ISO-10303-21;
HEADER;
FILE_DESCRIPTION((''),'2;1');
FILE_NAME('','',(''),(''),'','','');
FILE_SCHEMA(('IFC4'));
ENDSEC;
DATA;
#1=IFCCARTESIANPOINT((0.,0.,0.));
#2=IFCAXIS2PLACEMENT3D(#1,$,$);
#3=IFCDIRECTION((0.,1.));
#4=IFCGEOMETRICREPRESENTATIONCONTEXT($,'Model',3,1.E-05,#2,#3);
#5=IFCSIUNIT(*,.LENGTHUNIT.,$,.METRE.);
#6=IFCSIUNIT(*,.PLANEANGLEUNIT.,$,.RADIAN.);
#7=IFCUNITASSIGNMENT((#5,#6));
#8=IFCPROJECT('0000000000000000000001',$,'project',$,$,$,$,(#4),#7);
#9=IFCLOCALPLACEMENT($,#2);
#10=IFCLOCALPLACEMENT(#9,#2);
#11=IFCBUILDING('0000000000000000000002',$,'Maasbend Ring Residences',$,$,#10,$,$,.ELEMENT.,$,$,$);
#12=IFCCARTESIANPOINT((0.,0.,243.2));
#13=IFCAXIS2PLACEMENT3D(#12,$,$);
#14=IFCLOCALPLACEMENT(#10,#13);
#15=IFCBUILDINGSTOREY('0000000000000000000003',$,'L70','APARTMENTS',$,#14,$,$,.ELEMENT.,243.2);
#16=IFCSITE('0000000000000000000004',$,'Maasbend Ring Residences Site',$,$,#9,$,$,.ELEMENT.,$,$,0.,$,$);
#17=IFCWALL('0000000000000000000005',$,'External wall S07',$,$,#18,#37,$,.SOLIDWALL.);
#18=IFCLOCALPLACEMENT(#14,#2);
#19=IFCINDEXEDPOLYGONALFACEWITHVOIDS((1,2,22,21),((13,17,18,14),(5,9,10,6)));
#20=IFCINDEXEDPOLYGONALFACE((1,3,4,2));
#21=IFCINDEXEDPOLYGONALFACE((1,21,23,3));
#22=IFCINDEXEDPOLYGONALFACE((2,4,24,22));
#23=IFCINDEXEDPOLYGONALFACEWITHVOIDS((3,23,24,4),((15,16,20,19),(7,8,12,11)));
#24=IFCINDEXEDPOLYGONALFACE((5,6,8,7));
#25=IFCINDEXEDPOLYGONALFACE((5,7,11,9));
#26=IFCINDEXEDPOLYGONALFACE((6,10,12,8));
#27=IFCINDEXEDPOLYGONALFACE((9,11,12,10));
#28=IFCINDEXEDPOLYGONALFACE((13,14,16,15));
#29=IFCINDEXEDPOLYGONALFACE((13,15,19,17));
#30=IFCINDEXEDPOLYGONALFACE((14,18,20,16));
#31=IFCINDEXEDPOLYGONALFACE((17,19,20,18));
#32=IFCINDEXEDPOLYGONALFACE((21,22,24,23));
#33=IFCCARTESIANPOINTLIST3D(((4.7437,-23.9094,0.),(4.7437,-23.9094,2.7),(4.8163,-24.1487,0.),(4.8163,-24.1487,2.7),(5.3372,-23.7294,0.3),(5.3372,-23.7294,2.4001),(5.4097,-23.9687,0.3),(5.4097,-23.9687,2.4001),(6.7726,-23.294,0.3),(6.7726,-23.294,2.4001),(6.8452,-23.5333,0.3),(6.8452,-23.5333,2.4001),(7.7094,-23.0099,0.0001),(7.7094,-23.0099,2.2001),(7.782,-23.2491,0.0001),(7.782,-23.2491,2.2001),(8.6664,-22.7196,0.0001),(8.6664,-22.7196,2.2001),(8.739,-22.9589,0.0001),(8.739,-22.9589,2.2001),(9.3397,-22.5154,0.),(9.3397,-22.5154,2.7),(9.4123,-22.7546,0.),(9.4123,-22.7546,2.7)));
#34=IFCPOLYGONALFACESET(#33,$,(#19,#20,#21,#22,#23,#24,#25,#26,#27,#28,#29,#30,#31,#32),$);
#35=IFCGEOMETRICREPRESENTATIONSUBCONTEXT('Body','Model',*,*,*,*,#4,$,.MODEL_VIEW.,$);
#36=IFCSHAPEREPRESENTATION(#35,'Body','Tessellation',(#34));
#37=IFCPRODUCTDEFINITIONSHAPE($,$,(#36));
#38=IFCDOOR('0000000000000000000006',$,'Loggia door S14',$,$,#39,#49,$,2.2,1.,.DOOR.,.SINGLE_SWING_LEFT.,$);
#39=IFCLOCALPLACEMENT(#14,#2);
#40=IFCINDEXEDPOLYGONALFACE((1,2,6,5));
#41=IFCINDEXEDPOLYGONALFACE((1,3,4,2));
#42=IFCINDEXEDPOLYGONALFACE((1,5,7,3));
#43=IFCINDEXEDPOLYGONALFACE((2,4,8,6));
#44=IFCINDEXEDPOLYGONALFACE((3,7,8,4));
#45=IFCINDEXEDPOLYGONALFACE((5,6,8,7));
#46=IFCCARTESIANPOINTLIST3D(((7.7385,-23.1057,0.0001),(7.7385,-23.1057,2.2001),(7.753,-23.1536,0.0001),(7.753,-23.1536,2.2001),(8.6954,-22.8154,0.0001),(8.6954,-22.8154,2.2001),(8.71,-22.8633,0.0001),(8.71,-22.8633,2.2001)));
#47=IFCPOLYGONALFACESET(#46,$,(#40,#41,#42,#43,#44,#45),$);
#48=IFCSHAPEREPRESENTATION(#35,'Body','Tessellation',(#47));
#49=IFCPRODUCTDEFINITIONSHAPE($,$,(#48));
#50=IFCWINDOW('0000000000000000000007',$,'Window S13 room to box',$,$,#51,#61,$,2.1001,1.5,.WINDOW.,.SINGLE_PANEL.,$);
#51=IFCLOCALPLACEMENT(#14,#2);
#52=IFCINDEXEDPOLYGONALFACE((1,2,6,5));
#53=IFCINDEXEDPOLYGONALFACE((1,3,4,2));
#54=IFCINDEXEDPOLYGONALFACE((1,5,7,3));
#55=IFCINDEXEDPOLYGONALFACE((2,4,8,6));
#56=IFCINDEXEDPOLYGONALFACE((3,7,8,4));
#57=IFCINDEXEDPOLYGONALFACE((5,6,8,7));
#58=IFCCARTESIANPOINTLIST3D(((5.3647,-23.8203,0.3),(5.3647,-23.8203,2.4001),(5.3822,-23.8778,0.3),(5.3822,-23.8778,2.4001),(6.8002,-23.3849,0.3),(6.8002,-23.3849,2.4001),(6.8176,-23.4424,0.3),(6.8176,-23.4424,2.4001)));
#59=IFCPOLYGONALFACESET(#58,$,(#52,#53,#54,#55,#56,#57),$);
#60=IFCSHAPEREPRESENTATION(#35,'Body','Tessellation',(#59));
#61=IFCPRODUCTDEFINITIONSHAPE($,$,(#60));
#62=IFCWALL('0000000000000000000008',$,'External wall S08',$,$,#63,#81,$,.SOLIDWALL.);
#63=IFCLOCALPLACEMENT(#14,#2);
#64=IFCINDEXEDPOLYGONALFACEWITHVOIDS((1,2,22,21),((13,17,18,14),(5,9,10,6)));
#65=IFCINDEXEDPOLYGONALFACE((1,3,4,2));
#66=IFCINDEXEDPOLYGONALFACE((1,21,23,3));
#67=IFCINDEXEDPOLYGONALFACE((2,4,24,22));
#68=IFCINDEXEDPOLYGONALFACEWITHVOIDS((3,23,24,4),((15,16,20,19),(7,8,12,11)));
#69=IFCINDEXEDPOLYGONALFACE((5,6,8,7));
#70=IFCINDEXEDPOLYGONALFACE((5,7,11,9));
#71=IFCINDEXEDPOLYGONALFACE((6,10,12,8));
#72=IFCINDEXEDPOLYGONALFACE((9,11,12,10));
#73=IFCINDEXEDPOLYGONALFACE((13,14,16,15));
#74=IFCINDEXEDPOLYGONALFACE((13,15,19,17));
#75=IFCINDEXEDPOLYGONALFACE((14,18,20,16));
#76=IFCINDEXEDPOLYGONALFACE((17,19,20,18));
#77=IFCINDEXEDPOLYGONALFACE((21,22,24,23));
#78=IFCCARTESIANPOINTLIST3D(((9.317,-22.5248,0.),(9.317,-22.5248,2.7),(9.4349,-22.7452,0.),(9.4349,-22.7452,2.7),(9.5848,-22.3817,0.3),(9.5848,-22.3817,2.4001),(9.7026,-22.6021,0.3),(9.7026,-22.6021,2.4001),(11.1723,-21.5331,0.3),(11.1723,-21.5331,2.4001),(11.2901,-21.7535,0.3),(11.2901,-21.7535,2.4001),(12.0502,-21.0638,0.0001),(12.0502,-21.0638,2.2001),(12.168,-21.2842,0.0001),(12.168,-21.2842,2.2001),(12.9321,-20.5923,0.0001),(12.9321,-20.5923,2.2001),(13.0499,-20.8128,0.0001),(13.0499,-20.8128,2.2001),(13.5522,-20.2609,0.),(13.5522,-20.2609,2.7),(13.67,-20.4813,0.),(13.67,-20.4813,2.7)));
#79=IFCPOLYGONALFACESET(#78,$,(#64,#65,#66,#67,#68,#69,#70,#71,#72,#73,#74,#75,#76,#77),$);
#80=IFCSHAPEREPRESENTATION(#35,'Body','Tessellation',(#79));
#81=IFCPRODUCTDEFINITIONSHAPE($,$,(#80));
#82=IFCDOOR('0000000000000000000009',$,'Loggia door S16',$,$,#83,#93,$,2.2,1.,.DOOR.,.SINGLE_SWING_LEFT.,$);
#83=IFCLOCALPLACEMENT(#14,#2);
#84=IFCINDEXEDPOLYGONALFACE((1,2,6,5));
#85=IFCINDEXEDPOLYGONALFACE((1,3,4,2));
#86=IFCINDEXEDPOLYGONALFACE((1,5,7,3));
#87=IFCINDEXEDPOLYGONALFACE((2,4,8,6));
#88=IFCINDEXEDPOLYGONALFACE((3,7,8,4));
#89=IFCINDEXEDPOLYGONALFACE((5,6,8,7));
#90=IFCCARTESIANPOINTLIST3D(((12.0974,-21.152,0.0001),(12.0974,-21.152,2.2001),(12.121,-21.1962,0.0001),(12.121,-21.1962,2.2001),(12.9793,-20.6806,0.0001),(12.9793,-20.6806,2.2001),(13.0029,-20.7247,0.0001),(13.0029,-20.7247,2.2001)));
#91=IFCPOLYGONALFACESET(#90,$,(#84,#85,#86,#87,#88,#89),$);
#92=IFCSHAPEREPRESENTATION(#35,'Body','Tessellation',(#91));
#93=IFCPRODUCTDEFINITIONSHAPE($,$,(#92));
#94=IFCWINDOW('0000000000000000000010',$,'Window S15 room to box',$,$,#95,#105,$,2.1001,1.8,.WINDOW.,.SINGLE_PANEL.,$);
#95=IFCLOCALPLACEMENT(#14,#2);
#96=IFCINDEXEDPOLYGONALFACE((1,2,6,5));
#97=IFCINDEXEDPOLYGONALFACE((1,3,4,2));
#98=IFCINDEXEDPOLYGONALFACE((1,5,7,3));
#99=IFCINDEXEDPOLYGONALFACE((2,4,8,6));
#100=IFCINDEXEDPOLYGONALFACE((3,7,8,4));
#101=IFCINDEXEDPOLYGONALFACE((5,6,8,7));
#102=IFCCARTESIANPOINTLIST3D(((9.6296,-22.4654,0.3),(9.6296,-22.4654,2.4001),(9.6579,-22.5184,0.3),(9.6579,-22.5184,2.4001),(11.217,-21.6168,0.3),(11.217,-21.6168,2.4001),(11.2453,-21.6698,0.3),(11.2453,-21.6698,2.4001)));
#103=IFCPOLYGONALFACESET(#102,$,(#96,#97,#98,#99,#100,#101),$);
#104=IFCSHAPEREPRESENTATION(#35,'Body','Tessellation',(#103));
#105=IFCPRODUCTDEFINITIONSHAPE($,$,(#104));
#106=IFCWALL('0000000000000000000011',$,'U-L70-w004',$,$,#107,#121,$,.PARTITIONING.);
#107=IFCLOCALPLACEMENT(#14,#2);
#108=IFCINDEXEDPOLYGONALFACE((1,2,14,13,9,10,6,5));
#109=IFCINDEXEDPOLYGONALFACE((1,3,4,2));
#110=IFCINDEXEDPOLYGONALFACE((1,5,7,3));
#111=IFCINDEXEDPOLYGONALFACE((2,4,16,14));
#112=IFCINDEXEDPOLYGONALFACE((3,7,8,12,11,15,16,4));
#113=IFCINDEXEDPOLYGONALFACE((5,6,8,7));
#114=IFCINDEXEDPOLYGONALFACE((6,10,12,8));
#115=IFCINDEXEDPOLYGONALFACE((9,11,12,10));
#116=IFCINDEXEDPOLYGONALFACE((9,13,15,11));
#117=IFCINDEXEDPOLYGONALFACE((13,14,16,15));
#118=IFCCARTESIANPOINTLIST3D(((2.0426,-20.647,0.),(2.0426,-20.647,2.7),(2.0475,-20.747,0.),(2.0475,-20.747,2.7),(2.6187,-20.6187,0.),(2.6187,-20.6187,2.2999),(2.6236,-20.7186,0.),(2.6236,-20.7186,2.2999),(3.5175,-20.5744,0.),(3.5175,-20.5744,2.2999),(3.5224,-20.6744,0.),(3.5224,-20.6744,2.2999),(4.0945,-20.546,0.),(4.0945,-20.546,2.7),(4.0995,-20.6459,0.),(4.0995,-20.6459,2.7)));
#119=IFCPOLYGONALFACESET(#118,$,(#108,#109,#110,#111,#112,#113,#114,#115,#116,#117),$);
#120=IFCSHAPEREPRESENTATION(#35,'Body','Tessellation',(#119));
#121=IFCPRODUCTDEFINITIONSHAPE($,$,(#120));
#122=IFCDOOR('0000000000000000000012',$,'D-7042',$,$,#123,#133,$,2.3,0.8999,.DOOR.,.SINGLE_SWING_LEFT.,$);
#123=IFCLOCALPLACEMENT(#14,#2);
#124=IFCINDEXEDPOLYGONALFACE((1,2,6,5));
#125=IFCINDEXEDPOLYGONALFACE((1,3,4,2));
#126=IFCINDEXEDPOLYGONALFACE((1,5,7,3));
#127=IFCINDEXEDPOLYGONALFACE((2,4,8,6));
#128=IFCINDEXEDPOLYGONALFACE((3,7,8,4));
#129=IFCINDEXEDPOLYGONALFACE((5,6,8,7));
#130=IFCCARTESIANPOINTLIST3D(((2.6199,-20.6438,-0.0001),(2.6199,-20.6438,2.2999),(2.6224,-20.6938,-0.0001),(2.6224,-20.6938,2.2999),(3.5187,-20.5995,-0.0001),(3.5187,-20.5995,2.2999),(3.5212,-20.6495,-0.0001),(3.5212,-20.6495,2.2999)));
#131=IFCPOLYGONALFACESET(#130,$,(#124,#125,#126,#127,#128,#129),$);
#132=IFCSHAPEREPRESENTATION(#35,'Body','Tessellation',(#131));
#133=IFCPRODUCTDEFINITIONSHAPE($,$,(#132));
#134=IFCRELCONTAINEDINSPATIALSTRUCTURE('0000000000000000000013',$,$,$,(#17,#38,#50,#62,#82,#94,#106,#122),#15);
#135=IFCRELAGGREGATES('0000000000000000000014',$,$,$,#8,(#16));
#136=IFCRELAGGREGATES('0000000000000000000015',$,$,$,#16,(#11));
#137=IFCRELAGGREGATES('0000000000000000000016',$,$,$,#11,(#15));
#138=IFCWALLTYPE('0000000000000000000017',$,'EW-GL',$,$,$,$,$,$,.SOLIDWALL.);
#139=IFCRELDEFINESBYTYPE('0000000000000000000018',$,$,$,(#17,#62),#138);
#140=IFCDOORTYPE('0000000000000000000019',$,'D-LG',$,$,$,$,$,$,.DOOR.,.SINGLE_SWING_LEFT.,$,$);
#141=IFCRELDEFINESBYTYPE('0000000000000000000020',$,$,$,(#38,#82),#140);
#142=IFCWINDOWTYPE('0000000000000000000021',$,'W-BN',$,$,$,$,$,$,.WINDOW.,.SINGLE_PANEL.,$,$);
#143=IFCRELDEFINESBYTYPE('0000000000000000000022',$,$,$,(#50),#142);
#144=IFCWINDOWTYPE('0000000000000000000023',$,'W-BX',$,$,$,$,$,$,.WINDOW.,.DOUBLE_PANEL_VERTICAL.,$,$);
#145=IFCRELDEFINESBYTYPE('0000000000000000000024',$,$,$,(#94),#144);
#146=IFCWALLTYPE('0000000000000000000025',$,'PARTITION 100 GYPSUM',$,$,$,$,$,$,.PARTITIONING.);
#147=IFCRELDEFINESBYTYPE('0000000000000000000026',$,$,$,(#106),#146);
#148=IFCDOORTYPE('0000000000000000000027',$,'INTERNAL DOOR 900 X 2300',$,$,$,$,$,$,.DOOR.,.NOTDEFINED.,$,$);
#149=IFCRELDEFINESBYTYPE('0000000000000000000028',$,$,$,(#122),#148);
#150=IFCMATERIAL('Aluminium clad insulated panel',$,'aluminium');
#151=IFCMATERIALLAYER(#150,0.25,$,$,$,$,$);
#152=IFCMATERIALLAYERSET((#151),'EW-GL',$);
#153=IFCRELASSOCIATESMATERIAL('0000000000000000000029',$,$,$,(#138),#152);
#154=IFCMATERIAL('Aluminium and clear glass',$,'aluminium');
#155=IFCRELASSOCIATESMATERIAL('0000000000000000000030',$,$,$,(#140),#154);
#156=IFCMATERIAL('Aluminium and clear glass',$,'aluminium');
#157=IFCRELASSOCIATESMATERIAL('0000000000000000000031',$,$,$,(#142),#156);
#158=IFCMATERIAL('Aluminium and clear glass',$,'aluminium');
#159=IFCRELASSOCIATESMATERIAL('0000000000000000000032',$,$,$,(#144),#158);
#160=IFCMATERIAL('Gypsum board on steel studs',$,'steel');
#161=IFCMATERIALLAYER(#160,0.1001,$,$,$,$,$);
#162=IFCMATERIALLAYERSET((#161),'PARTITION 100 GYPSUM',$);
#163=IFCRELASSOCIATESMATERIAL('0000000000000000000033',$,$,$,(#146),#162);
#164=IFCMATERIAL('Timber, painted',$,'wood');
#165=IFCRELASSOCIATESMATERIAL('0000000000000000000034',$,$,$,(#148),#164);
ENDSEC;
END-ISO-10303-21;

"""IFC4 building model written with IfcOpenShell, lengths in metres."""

from ifc_helpers import new_model, si_unit, direction, frame, frame_2d, origin, place, context, subcontext, project, spatial, rectangle, extrude, material, layer, layer_set, type_object, element, fill, save


model = new_model("IFC4")

# Units and contexts
model_context = context("Model", 3, precision=1e-05, world=origin(), true_north=direction((0.0, 1.0)))
body_context = subcontext(model_context, "Body", "Model", "MODEL_VIEW")
ifc_project = project(units=[si_unit("LENGTHUNIT", "METRE"), si_unit("PLANEANGLEUNIT", "RADIAN")], contexts=[model_context])

# Site, building, storey
site_placement = place(None, origin())
site = spatial("IfcSite", under=ifc_project, at=site_placement, Name="Maasbend Ring Residences Site", CompositionType="ELEMENT", RefElevation=0.0)
building_placement = place(site_placement, origin())
building = spatial("IfcBuilding", under=site, at=building_placement, Name="Maasbend Ring Residences", CompositionType="ELEMENT")
storey_placement = place(building_placement, frame((0.0, 0.0, 243.2)))
storey = spatial("IfcBuildingStorey", under=building, at=storey_placement, Name="L70", Description="APARTMENTS", CompositionType="ELEMENT", Elevation=243.2)

# Walls, openings, doors, windows
ifc_material_1 = material(Name="Aluminium clad insulated panel", Category="aluminium")
ifc_layer_1 = layer(ifc_material_1, 0.25)
ifc_layer_set_1 = layer_set([ifc_layer_1], Name="EW-GL")
wall_type_1 = type_object("IfcWallType", Name="EW-GL", PredefinedType="SOLIDWALL", material=ifc_layer_set_1)
wall_1_placement = place(storey_placement, frame((4.78, -24.0291, 0.0), z_axis=(0.0, 0.0, 1.0), x_axis=(0.956947, 0.290261, 0.0)))
wall_1 = element("IfcWall", 1, at=wall_1_placement, inside=storey, type_object=wall_type_1, Name="External wall S07", PredefinedType="SOLIDWALL", context=body_context, shape_type="SweptSolid", body=[
    extrude(rectangle(XDim=4.8027, YDim=0.25, at=frame_2d((2.4014, 0.0))), origin(), (0.0, 0.0, 1.0), 2.7),
])
opening_1_placement = place(wall_1_placement, frame((0.6201, 0.0, 0.3)))
opening_1 = element("IfcOpeningElement", 2, at=opening_1_placement, cuts=wall_1, PredefinedType="OPENING", context=body_context, shape_type="SweptSolid", body=[
    extrude(rectangle(XDim=1.5, YDim=2.1001, at=frame_2d((0.75, 1.05))), frame((0.0, 0.135, 0.0), z_axis=(0.0, -1.0, 0.0), x_axis=(1.0, 0.0, 0.0)), (0.0, 0.0, 1.0), 0.27),
])
opening_2_placement = place(wall_1_placement, frame((3.0991, 0.0, 0.0)))
opening_2 = element("IfcOpeningElement", 3, at=opening_2_placement, cuts=wall_1, PredefinedType="OPENING", context=body_context, shape_type="SweptSolid", body=[
    extrude(rectangle(XDim=1.0, YDim=2.2, at=frame_2d((0.5, 1.1001))), frame((0.0, 0.135, 0.0), z_axis=(0.0, -1.0, 0.0), x_axis=(1.0, 0.0, 0.0)), (0.0, 0.0, 1.0), 0.27),
])
ifc_material_2 = material(Name="Aluminium and clear glass", Category="aluminium")
door_type_1 = type_object("IfcDoorType", Name="D-LG", OperationType="SINGLE_SWING_LEFT", PredefinedType="DOOR", material=ifc_material_2)
door_1_placement = place(opening_2_placement, origin())
door_1 = element("IfcDoor", 4, at=door_1_placement, inside=storey, type_object=door_type_1, Name="Loggia door S14", OperationType="SINGLE_SWING_LEFT", OverallHeight=2.2, OverallWidth=1.0, PredefinedType="DOOR", context=body_context, shape_type="SweptSolid", body=[
    extrude(rectangle(XDim=1.0, YDim=2.2, at=frame_2d((0.5, 1.1001))), frame((0.0, 0.0249, 0.0), z_axis=(0.0, -1.0, 0.0), x_axis=(1.0, 0.0, 0.0)), (0.0, 0.0, 1.0), 0.05),
])
fill(opening_2, door_1)
ifc_material_3 = material(Name="Aluminium and clear glass", Category="aluminium")
window_type_1 = type_object("IfcWindowType", Name="W-BN", PartitioningType="SINGLE_PANEL", PredefinedType="WINDOW", material=ifc_material_3)
window_1_placement = place(opening_1_placement, origin())
window_1 = element("IfcWindow", 5, at=window_1_placement, inside=storey, type_object=window_type_1, Name="Window S13 room to box", OverallHeight=2.1001, OverallWidth=1.5, PartitioningType="SINGLE_PANEL", PredefinedType="WINDOW", context=body_context, shape_type="SweptSolid", body=[
    extrude(rectangle(XDim=1.5, YDim=2.1001, at=frame_2d((0.75, 1.05))), frame((0.0, 0.03, 0.0), z_axis=(0.0, -1.0, 0.0), x_axis=(1.0, 0.0, 0.0)), (0.0, 0.0, 1.0), 0.0601),
])
fill(opening_1, window_1)
wall_2_placement = place(storey_placement, frame((9.376, -22.635, 0.0), z_axis=(0.0, 0.0, 1.0), x_axis=(0.881904, 0.47143, 0.0)))
wall_2 = element("IfcWall", 6, at=wall_2_placement, inside=storey, type_object=wall_type_1, Name="External wall S08", PredefinedType="SOLIDWALL", context=body_context, shape_type="SweptSolid", body=[
    extrude(rectangle(XDim=4.8022, YDim=0.25, at=frame_2d((2.4011, 0.0))), origin(), (0.0, 0.0, 1.0), 2.7),
])
opening_3_placement = place(wall_2_placement, frame((0.3037, 0.0, 0.3)))
opening_3 = element("IfcOpeningElement", 7, at=opening_3_placement, cuts=wall_2, PredefinedType="OPENING", context=body_context, shape_type="SweptSolid", body=[
    extrude(rectangle(XDim=1.8, YDim=2.1001, at=frame_2d((0.8999, 1.05))), frame((0.0, 0.135, 0.0), z_axis=(0.0, -1.0, 0.0), x_axis=(1.0, 0.0, 0.0)), (0.0, 0.0, 1.0), 0.27),
])
opening_4_placement = place(wall_2_placement, frame((3.0991, 0.0, 0.0)))
opening_4 = element("IfcOpeningElement", 8, at=opening_4_placement, cuts=wall_2, PredefinedType="OPENING", context=body_context, shape_type="SweptSolid", body=[
    extrude(rectangle(XDim=1.0, YDim=2.2, at=frame_2d((0.5, 1.1001))), frame((0.0, 0.135, 0.0), z_axis=(0.0, -1.0, 0.0), x_axis=(1.0, 0.0, 0.0)), (0.0, 0.0, 1.0), 0.27),
])
door_2_placement = place(opening_4_placement, origin())
door_2 = element("IfcDoor", 9, at=door_2_placement, inside=storey, type_object=door_type_1, Name="Loggia door S16", OperationType="SINGLE_SWING_LEFT", OverallHeight=2.2, OverallWidth=1.0, PredefinedType="DOOR", context=body_context, shape_type="SweptSolid", body=[
    extrude(rectangle(XDim=1.0, YDim=2.2, at=frame_2d((0.5, 1.1001))), frame((0.0, 0.0249, 0.0), z_axis=(0.0, -1.0, 0.0), x_axis=(1.0, 0.0, 0.0)), (0.0, 0.0, 1.0), 0.05),
])
fill(opening_4, door_2)
ifc_material_4 = material(Name="Aluminium and clear glass", Category="aluminium")
window_type_2 = type_object("IfcWindowType", Name="W-BX", PartitioningType="DOUBLE_PANEL_VERTICAL", PredefinedType="WINDOW", material=ifc_material_4)
window_2_placement = place(opening_3_placement, origin())
window_2 = element("IfcWindow", 10, at=window_2_placement, inside=storey, type_object=window_type_2, Name="Window S15 room to box", OverallHeight=2.1001, OverallWidth=1.8, PartitioningType="SINGLE_PANEL", PredefinedType="WINDOW", context=body_context, shape_type="SweptSolid", body=[
    extrude(rectangle(XDim=1.8, YDim=2.1001, at=frame_2d((0.8999, 1.05))), frame((0.0, 0.03, 0.0), z_axis=(0.0, -1.0, 0.0), x_axis=(1.0, 0.0, 0.0)), (0.0, 0.0, 1.0), 0.0601),
])
fill(opening_3, window_2)

# Wall, opening, door
ifc_material_5 = material(Name="Gypsum board on steel studs", Category="steel")
ifc_layer_2 = layer(ifc_material_5, 0.1001)
ifc_layer_set_2 = layer_set([ifc_layer_2], Name="PARTITION 100 GYPSUM")
wall_type_2 = type_object("IfcWallType", Name="PARTITION 100 GYPSUM", PredefinedType="PARTITIONING", material=ifc_layer_set_2)
wall_3_placement = place(storey_placement, frame((2.0449, -20.697, 0.0), z_axis=(0.0, 0.0, 1.0), x_axis=(0.998789, 0.049197, 0.0)))
wall_3 = element("IfcWall", 11, at=wall_3_placement, inside=storey, type_object=wall_type_2, Name="U-L70-w004", PredefinedType="PARTITIONING", context=body_context, shape_type="SweptSolid", body=[
    extrude(rectangle(XDim=2.0544, YDim=0.1001, at=frame_2d((1.0273, 0.0))), origin(), (0.0, 0.0, 1.0), 2.7),
])
opening_5_placement = place(wall_3_placement, frame((0.5769, 0.0, 0.0)))
opening_5 = element("IfcOpeningElement", 12, at=opening_5_placement, cuts=wall_3, PredefinedType="OPENING", context=body_context, shape_type="SweptSolid", body=[
    extrude(rectangle(XDim=0.8999, YDim=2.3, at=frame_2d((0.45, 1.1499))), frame((0.0, 0.0601, 0.0), z_axis=(0.0, -1.0, 0.0), x_axis=(1.0, 0.0, 0.0)), (0.0, 0.0, 1.0), 0.1201),
])
ifc_material_6 = material(Name="Timber, painted", Category="wood")
door_type_2 = type_object("IfcDoorType", Name="INTERNAL DOOR 900 X 2300", OperationType="NOTDEFINED", PredefinedType="DOOR", material=ifc_material_6)
door_3_placement = place(opening_5_placement, origin())
door_3 = element("IfcDoor", 13, at=door_3_placement, inside=storey, type_object=door_type_2, Name="D-7042", OperationType="SINGLE_SWING_LEFT", OverallHeight=2.3, OverallWidth=0.8999, PredefinedType="DOOR", context=body_context, shape_type="SweptSolid", body=[
    extrude(rectangle(XDim=0.8999, YDim=2.3, at=frame_2d((0.45, 1.1499))), frame((0.0, 0.0249, 0.0), z_axis=(0.0, -1.0, 0.0), x_axis=(1.0, 0.0, 0.0)), (0.0, 0.0, 1.0), 0.05),
])
fill(opening_5, door_3)

save(model, "model.ifc")
